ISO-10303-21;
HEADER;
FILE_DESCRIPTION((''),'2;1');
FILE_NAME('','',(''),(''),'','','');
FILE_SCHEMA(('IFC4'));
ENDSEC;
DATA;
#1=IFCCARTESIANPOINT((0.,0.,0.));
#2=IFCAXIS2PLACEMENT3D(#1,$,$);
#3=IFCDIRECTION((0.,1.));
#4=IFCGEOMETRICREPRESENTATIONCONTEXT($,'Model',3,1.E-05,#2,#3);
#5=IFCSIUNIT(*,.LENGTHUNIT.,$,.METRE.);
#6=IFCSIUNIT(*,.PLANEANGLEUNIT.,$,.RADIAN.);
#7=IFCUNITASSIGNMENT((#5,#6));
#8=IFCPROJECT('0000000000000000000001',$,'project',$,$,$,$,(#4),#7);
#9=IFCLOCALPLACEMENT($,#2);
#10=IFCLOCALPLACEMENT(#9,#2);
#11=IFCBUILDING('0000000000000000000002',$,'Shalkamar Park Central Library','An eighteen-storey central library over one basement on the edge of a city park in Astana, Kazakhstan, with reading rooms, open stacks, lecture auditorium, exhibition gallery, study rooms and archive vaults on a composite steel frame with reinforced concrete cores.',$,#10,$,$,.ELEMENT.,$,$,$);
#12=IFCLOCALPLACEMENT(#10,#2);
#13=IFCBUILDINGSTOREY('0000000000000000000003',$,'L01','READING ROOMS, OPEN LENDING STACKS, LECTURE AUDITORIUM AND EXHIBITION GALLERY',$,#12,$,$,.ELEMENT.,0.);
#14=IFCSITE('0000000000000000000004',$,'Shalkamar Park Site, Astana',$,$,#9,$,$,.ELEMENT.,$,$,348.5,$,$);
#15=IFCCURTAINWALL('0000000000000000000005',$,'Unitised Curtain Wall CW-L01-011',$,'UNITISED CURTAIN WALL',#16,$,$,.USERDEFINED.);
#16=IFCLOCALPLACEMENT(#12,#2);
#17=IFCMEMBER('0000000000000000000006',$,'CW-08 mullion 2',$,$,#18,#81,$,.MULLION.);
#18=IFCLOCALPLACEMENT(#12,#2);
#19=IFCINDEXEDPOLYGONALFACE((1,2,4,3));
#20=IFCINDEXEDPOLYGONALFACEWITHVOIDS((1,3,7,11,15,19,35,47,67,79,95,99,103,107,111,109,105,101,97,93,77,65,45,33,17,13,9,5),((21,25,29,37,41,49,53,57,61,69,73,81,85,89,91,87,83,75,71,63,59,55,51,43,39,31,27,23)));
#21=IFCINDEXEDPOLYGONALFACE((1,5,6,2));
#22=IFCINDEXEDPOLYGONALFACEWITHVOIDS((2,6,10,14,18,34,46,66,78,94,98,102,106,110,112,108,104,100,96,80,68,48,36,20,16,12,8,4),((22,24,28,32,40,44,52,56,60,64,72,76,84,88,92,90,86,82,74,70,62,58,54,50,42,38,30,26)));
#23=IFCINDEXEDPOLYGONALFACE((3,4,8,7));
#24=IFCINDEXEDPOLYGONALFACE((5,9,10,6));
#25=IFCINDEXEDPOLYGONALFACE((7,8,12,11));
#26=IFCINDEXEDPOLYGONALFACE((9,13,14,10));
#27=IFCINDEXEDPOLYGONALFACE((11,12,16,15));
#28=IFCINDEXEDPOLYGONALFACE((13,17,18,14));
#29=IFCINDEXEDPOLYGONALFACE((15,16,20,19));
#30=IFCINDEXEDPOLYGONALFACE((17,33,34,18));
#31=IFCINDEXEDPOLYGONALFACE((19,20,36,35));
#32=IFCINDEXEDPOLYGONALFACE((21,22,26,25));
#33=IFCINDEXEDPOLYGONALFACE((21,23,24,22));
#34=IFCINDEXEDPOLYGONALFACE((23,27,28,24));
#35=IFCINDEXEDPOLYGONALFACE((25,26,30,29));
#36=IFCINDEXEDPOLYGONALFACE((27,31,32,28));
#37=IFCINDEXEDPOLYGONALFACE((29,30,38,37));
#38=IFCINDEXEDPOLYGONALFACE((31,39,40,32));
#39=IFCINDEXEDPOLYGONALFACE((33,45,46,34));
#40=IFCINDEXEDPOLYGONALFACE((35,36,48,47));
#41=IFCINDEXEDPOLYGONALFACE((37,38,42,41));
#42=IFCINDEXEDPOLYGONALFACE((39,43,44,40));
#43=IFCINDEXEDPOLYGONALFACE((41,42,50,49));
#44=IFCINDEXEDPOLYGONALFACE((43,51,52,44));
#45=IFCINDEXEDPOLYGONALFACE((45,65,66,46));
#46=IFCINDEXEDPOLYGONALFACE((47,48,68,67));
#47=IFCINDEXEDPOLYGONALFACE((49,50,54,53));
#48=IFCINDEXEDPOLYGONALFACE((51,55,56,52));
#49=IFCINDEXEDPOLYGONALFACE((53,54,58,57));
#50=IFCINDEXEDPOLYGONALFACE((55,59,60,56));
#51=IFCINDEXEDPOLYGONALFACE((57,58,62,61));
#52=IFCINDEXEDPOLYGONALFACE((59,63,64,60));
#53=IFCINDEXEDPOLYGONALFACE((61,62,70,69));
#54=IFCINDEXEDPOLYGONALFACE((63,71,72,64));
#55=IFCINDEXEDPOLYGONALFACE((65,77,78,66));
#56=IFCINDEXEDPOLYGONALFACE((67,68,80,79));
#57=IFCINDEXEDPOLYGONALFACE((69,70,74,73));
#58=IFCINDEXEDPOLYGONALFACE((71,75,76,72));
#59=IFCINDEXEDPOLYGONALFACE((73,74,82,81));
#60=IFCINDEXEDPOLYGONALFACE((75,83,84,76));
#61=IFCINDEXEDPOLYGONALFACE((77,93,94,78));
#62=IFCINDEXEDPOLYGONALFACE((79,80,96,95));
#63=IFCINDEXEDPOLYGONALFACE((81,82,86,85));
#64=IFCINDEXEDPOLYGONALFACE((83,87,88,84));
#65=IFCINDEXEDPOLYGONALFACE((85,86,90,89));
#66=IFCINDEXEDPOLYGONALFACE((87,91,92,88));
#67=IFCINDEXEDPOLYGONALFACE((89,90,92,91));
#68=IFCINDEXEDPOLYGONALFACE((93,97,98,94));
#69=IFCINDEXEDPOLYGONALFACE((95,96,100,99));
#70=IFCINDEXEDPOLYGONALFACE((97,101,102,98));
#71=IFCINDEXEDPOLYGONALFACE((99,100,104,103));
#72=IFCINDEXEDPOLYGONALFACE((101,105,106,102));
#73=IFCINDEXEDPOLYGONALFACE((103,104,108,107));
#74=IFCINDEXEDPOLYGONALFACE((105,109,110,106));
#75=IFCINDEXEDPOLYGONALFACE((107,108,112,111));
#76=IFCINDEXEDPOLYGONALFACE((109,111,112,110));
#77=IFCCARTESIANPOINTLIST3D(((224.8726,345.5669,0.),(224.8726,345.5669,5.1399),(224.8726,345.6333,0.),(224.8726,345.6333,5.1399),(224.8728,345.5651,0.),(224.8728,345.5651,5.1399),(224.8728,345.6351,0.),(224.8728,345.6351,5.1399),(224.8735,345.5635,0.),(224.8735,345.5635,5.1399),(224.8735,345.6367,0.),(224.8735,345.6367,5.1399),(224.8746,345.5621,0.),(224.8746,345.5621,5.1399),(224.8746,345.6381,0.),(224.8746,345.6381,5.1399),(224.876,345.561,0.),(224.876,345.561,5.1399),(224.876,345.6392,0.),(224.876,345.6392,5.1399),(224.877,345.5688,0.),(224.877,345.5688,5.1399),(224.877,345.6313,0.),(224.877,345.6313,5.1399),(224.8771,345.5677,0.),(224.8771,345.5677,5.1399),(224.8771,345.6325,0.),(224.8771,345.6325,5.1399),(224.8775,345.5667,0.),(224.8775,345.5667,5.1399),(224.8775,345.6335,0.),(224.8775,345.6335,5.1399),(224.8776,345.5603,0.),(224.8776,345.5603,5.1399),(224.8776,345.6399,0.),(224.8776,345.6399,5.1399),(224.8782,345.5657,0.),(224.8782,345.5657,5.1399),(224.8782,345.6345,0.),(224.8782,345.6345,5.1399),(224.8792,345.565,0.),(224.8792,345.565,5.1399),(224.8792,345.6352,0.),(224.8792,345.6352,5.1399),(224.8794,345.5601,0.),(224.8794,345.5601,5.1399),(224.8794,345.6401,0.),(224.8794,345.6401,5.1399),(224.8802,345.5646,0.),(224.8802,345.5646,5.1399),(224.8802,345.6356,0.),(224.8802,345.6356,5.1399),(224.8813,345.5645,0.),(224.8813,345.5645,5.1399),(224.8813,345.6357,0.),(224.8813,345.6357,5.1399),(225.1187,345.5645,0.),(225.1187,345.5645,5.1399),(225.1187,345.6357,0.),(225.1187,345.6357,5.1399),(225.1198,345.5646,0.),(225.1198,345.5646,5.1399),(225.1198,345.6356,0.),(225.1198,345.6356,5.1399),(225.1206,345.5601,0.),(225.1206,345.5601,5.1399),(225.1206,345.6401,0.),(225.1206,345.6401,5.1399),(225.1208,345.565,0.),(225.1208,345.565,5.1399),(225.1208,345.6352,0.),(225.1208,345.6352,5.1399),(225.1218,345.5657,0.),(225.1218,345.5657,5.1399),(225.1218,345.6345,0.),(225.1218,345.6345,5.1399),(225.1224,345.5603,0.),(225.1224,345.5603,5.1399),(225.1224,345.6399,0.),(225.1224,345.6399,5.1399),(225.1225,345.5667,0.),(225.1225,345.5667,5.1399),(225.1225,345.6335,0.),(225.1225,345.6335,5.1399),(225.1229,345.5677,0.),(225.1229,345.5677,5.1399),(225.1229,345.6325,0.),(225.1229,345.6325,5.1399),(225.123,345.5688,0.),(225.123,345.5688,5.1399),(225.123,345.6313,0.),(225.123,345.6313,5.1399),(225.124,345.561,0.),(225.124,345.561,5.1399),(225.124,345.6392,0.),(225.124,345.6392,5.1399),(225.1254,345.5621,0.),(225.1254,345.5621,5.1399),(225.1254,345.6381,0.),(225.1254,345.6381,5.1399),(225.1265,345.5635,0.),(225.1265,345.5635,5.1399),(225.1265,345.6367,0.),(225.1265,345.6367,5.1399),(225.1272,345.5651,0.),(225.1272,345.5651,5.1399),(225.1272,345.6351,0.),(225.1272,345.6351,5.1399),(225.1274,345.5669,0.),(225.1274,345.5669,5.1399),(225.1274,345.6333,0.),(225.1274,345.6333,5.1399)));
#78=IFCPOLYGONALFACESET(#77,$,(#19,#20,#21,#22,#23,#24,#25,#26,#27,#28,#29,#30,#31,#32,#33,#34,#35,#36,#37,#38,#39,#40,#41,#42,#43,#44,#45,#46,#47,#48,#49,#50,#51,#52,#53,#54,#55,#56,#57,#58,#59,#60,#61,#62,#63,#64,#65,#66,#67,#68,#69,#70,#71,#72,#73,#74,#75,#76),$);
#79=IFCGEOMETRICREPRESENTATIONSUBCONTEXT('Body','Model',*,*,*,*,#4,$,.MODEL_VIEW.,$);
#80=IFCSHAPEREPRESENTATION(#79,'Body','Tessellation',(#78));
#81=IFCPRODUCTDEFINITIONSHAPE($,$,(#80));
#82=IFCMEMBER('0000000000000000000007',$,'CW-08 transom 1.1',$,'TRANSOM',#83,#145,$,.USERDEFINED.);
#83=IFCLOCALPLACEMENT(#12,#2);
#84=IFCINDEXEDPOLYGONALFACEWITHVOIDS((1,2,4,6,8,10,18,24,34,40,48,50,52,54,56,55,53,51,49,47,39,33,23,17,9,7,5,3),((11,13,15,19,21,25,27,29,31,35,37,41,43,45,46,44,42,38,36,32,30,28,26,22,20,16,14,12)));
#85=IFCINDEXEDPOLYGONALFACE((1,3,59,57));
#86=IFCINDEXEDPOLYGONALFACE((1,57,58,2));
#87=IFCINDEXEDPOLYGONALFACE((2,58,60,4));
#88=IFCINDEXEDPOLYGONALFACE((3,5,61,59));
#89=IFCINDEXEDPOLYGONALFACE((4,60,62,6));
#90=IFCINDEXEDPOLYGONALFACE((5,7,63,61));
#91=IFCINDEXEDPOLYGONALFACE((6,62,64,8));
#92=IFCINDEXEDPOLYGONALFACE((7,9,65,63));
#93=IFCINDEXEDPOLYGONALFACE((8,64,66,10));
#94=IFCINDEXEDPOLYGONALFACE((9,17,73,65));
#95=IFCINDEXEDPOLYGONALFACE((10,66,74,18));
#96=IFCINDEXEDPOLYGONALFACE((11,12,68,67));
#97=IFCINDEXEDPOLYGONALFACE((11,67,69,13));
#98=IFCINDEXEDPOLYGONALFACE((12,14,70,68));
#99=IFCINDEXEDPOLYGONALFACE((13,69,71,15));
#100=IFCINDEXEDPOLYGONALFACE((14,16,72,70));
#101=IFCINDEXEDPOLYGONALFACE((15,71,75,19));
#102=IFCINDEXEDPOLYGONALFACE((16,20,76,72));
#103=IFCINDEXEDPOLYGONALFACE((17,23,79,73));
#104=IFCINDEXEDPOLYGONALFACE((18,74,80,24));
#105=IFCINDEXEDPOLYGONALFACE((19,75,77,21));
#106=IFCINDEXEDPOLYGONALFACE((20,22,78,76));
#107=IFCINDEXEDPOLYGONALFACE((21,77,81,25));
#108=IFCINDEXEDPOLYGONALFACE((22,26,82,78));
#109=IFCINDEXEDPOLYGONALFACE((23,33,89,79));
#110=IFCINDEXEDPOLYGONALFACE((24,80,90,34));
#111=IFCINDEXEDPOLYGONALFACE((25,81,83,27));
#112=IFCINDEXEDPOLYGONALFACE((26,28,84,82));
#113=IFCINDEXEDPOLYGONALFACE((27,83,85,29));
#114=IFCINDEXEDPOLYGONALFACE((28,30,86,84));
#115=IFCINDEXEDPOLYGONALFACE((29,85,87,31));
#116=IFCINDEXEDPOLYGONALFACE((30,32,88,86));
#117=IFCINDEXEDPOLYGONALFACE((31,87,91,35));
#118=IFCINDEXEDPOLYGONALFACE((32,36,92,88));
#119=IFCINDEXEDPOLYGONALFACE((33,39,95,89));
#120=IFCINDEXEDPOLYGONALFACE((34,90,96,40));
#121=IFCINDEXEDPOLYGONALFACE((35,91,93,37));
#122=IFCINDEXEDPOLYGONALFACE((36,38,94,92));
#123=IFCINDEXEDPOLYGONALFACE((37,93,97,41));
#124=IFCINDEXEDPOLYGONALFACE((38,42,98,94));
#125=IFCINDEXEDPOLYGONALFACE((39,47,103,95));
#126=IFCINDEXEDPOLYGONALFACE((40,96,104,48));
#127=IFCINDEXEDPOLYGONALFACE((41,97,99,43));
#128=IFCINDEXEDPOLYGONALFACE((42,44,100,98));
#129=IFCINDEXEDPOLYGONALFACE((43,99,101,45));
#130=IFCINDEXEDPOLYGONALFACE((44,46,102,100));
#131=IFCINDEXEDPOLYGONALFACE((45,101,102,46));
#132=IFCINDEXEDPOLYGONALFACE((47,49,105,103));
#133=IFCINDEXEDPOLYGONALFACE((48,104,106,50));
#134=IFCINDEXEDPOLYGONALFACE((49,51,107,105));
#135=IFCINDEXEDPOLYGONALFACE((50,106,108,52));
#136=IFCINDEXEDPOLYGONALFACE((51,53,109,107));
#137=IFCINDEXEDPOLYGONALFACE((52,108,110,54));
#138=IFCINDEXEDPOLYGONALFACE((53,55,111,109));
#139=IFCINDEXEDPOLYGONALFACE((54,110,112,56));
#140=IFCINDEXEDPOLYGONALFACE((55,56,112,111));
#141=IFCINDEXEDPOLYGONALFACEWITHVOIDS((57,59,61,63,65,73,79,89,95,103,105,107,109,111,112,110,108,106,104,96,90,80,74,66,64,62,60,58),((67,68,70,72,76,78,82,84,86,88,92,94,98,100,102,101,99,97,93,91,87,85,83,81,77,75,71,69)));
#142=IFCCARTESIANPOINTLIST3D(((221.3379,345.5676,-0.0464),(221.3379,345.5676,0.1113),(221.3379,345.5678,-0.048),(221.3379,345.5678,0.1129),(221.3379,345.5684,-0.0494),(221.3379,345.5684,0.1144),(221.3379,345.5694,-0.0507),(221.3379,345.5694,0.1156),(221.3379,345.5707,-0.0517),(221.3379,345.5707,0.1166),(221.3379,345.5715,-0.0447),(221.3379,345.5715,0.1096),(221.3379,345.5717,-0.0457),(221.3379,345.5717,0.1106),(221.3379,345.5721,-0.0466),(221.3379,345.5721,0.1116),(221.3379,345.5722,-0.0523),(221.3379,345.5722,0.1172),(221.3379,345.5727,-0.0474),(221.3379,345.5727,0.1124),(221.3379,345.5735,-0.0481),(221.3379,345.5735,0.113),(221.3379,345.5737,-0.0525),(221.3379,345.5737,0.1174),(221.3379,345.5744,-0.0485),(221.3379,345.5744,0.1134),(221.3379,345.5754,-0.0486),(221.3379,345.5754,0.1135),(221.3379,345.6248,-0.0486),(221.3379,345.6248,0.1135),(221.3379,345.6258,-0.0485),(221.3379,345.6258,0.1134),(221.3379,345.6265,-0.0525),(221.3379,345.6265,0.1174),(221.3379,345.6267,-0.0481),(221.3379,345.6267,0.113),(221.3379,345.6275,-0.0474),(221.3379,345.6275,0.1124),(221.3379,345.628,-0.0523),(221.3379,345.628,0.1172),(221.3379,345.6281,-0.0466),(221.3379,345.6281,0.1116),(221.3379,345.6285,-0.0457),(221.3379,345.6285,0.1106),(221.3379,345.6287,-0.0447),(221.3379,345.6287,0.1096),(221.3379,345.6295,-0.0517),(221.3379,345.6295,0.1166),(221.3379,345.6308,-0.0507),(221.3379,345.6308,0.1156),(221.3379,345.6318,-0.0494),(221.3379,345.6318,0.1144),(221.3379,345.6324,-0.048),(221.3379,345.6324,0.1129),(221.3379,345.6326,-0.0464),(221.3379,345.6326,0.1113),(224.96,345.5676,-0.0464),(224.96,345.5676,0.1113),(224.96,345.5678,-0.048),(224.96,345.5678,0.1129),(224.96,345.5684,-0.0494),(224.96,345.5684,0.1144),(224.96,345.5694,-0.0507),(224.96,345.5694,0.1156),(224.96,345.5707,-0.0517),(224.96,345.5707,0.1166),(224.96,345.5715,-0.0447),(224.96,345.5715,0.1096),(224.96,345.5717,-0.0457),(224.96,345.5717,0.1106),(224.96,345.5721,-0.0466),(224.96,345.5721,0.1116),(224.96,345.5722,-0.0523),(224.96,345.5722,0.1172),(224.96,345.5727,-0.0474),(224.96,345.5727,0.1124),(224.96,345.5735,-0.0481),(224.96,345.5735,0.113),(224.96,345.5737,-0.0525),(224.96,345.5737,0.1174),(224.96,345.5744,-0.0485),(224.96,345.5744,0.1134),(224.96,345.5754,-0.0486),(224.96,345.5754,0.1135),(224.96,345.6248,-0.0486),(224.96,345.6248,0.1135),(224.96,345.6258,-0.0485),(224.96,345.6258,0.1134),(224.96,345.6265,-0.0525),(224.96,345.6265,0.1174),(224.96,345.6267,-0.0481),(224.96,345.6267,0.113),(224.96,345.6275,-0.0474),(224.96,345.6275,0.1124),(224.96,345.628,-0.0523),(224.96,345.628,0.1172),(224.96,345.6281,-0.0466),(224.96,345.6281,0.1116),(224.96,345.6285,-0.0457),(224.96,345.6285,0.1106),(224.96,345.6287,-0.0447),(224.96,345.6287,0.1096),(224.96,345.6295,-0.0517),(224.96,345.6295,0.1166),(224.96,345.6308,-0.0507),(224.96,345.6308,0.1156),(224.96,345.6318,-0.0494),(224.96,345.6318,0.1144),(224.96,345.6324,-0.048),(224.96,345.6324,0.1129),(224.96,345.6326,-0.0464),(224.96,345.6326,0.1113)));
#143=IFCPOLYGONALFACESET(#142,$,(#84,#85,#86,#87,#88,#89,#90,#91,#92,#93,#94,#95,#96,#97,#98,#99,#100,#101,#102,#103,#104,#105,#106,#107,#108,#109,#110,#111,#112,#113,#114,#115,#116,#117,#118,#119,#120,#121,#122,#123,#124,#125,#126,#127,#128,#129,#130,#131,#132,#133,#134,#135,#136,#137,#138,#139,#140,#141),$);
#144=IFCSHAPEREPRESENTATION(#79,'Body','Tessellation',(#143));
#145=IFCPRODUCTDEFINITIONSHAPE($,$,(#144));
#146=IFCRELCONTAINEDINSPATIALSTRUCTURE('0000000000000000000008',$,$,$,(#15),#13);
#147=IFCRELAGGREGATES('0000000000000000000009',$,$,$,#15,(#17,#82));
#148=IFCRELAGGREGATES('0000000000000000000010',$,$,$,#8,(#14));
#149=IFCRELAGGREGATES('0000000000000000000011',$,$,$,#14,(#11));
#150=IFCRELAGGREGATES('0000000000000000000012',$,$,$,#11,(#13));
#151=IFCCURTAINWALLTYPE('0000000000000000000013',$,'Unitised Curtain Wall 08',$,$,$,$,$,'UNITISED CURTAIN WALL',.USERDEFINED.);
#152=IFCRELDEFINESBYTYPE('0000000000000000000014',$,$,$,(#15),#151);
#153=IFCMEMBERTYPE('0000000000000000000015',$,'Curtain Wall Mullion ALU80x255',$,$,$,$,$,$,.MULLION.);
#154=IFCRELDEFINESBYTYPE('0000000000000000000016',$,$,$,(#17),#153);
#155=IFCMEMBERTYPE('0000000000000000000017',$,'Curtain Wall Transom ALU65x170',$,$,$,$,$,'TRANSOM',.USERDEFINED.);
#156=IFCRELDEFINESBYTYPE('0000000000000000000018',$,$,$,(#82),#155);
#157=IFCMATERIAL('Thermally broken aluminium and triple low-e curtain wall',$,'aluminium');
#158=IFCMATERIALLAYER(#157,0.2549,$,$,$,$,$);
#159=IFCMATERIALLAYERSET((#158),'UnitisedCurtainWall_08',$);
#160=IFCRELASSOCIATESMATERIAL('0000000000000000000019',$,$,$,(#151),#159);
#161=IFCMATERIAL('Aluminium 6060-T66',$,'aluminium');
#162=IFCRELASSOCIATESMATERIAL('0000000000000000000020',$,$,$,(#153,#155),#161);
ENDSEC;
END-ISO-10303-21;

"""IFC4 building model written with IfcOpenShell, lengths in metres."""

from ifc_helpers import new_model, si_unit, direction, frame, origin, origin_2d, place, context, subcontext, project, spatial, hollow_rectangle, extrude, material, layer, layer_set, material_profile, profile_set, type_object, element, aggregate, save


model = new_model("IFC4")

# Units and contexts
model_context = context("Model", 3, precision=1e-05, world=origin(), true_north=direction((0.0, 1.0)))
body_context = subcontext(model_context, "Body", "Model", "MODEL_VIEW")
ifc_project = project(units=[si_unit("LENGTHUNIT", "METRE"), si_unit("PLANEANGLEUNIT", "RADIAN")], contexts=[model_context])

# Site, building, storey
site_placement = place(None, origin())
site = spatial("IfcSite", under=ifc_project, at=site_placement, Name="Shalkamar Park Site, Astana", CompositionType="ELEMENT", RefElevation=348.5)
building_placement = place(site_placement, origin())
building = spatial("IfcBuilding", under=site, at=building_placement, Name="Shalkamar Park Central Library", Description="An eighteen-storey central library over one basement on the edge of a city park in Astana, Kazakhstan, with reading rooms, open stacks, lecture auditorium, exhibition gallery, study rooms and archive vaults on a composite steel frame with reinforced concrete cores.", CompositionType="ELEMENT")
storey_placement = place(building_placement, origin())
storey = spatial("IfcBuildingStorey", under=building, at=storey_placement, Name="L01", Description="READING ROOMS, OPEN LENDING STACKS, LECTURE AUDITORIUM AND EXHIBITION GALLERY", CompositionType="ELEMENT", Elevation=0.0)

# Curtain wall, members
ifc_material_1 = material(Name="Thermally broken aluminium and triple low-e curtain wall", Category="aluminium")
ifc_layer_1 = layer(ifc_material_1, 0.2549)
ifc_layer_set_1 = layer_set([ifc_layer_1], Name="UnitisedCurtainWall_08")
curtain_wall_type = type_object("IfcCurtainWallType", Name="Unitised Curtain Wall 08", ElementType="UNITISED CURTAIN WALL", PredefinedType="USERDEFINED", material=ifc_layer_set_1)
curtain_wall_placement = place(storey_placement, origin())
curtain_wall = element("IfcCurtainWall", 1, at=curtain_wall_placement, inside=storey, type_object=curtain_wall_type, Name="Unitised Curtain Wall CW-L01-011", ObjectType="UNITISED CURTAIN WALL", PredefinedType="USERDEFINED")
ifc_material_2 = material(Name="Aluminium 6060-T66", Category="aluminium")
ifc_material_profile_1 = material_profile(ifc_material_2, hollow_rectangle(XDim=0.0801, YDim=0.2549, WallThickness=0.0044, InnerFilletRadius=0.0044, OuterFilletRadius=0.0068, at=origin_2d()), Name="ALU 80x255x4.5")
ifc_profile_set_1 = profile_set([ifc_material_profile_1], Name="Aluminium 6060-T66")
member_type_1 = type_object("IfcMemberType", Name="Curtain Wall Mullion ALU80x255", PredefinedType="MULLION", material=ifc_profile_set_1)
member_1_placement = place(storey_placement, frame((225.0, 345.6001, 0.0), z_axis=(0.0, 0.0, 1.0), x_axis=(0.0, 1.0, 0.0)))
member_1 = element("IfcMember", 2, at=member_1_placement, type_object=member_type_1, Name="CW-08 mullion 2", PredefinedType="MULLION", context=body_context, shape_type="SweptSolid", body=[
    extrude(hollow_rectangle(XDim=0.0801, YDim=0.2549, WallThickness=0.0044, InnerFilletRadius=0.0044, OuterFilletRadius=0.0068, at=origin_2d()), origin(), (0.0, 0.0, 1.0), 5.1399),
])
ifc_material_profile_2 = material_profile(ifc_material_2, hollow_rectangle(XDim=0.0649, YDim=0.1699, WallThickness=0.0039, InnerFilletRadius=0.0039, OuterFilletRadius=0.0061, at=origin_2d()), Name="ALU 65x170x4")
ifc_profile_set_2 = profile_set([ifc_material_profile_2], Name="Aluminium 6060-T66")
member_type_2 = type_object("IfcMemberType", Name="Curtain Wall Transom ALU65x170", ElementType="TRANSOM", PredefinedType="USERDEFINED", material=ifc_profile_set_2)
member_2_placement = place(storey_placement, frame((221.3379, 345.6001, 0.0325), z_axis=(1.0, 0.0, 0.0), x_axis=(0.0, 1.0, 0.0)))
member_2 = element("IfcMember", 3, at=member_2_placement, type_object=member_type_2, Name="CW-08 transom 1.1", ObjectType="TRANSOM", PredefinedType="USERDEFINED", context=body_context, shape_type="SweptSolid", body=[
    extrude(hollow_rectangle(XDim=0.0649, YDim=0.1699, WallThickness=0.0039, InnerFilletRadius=0.0039, OuterFilletRadius=0.0061, at=origin_2d()), origin(), (0.0, 0.0, 1.0), 3.6221),
])

aggregate(curtain_wall, [member_1, member_2])

save(model, "model.ifc")
